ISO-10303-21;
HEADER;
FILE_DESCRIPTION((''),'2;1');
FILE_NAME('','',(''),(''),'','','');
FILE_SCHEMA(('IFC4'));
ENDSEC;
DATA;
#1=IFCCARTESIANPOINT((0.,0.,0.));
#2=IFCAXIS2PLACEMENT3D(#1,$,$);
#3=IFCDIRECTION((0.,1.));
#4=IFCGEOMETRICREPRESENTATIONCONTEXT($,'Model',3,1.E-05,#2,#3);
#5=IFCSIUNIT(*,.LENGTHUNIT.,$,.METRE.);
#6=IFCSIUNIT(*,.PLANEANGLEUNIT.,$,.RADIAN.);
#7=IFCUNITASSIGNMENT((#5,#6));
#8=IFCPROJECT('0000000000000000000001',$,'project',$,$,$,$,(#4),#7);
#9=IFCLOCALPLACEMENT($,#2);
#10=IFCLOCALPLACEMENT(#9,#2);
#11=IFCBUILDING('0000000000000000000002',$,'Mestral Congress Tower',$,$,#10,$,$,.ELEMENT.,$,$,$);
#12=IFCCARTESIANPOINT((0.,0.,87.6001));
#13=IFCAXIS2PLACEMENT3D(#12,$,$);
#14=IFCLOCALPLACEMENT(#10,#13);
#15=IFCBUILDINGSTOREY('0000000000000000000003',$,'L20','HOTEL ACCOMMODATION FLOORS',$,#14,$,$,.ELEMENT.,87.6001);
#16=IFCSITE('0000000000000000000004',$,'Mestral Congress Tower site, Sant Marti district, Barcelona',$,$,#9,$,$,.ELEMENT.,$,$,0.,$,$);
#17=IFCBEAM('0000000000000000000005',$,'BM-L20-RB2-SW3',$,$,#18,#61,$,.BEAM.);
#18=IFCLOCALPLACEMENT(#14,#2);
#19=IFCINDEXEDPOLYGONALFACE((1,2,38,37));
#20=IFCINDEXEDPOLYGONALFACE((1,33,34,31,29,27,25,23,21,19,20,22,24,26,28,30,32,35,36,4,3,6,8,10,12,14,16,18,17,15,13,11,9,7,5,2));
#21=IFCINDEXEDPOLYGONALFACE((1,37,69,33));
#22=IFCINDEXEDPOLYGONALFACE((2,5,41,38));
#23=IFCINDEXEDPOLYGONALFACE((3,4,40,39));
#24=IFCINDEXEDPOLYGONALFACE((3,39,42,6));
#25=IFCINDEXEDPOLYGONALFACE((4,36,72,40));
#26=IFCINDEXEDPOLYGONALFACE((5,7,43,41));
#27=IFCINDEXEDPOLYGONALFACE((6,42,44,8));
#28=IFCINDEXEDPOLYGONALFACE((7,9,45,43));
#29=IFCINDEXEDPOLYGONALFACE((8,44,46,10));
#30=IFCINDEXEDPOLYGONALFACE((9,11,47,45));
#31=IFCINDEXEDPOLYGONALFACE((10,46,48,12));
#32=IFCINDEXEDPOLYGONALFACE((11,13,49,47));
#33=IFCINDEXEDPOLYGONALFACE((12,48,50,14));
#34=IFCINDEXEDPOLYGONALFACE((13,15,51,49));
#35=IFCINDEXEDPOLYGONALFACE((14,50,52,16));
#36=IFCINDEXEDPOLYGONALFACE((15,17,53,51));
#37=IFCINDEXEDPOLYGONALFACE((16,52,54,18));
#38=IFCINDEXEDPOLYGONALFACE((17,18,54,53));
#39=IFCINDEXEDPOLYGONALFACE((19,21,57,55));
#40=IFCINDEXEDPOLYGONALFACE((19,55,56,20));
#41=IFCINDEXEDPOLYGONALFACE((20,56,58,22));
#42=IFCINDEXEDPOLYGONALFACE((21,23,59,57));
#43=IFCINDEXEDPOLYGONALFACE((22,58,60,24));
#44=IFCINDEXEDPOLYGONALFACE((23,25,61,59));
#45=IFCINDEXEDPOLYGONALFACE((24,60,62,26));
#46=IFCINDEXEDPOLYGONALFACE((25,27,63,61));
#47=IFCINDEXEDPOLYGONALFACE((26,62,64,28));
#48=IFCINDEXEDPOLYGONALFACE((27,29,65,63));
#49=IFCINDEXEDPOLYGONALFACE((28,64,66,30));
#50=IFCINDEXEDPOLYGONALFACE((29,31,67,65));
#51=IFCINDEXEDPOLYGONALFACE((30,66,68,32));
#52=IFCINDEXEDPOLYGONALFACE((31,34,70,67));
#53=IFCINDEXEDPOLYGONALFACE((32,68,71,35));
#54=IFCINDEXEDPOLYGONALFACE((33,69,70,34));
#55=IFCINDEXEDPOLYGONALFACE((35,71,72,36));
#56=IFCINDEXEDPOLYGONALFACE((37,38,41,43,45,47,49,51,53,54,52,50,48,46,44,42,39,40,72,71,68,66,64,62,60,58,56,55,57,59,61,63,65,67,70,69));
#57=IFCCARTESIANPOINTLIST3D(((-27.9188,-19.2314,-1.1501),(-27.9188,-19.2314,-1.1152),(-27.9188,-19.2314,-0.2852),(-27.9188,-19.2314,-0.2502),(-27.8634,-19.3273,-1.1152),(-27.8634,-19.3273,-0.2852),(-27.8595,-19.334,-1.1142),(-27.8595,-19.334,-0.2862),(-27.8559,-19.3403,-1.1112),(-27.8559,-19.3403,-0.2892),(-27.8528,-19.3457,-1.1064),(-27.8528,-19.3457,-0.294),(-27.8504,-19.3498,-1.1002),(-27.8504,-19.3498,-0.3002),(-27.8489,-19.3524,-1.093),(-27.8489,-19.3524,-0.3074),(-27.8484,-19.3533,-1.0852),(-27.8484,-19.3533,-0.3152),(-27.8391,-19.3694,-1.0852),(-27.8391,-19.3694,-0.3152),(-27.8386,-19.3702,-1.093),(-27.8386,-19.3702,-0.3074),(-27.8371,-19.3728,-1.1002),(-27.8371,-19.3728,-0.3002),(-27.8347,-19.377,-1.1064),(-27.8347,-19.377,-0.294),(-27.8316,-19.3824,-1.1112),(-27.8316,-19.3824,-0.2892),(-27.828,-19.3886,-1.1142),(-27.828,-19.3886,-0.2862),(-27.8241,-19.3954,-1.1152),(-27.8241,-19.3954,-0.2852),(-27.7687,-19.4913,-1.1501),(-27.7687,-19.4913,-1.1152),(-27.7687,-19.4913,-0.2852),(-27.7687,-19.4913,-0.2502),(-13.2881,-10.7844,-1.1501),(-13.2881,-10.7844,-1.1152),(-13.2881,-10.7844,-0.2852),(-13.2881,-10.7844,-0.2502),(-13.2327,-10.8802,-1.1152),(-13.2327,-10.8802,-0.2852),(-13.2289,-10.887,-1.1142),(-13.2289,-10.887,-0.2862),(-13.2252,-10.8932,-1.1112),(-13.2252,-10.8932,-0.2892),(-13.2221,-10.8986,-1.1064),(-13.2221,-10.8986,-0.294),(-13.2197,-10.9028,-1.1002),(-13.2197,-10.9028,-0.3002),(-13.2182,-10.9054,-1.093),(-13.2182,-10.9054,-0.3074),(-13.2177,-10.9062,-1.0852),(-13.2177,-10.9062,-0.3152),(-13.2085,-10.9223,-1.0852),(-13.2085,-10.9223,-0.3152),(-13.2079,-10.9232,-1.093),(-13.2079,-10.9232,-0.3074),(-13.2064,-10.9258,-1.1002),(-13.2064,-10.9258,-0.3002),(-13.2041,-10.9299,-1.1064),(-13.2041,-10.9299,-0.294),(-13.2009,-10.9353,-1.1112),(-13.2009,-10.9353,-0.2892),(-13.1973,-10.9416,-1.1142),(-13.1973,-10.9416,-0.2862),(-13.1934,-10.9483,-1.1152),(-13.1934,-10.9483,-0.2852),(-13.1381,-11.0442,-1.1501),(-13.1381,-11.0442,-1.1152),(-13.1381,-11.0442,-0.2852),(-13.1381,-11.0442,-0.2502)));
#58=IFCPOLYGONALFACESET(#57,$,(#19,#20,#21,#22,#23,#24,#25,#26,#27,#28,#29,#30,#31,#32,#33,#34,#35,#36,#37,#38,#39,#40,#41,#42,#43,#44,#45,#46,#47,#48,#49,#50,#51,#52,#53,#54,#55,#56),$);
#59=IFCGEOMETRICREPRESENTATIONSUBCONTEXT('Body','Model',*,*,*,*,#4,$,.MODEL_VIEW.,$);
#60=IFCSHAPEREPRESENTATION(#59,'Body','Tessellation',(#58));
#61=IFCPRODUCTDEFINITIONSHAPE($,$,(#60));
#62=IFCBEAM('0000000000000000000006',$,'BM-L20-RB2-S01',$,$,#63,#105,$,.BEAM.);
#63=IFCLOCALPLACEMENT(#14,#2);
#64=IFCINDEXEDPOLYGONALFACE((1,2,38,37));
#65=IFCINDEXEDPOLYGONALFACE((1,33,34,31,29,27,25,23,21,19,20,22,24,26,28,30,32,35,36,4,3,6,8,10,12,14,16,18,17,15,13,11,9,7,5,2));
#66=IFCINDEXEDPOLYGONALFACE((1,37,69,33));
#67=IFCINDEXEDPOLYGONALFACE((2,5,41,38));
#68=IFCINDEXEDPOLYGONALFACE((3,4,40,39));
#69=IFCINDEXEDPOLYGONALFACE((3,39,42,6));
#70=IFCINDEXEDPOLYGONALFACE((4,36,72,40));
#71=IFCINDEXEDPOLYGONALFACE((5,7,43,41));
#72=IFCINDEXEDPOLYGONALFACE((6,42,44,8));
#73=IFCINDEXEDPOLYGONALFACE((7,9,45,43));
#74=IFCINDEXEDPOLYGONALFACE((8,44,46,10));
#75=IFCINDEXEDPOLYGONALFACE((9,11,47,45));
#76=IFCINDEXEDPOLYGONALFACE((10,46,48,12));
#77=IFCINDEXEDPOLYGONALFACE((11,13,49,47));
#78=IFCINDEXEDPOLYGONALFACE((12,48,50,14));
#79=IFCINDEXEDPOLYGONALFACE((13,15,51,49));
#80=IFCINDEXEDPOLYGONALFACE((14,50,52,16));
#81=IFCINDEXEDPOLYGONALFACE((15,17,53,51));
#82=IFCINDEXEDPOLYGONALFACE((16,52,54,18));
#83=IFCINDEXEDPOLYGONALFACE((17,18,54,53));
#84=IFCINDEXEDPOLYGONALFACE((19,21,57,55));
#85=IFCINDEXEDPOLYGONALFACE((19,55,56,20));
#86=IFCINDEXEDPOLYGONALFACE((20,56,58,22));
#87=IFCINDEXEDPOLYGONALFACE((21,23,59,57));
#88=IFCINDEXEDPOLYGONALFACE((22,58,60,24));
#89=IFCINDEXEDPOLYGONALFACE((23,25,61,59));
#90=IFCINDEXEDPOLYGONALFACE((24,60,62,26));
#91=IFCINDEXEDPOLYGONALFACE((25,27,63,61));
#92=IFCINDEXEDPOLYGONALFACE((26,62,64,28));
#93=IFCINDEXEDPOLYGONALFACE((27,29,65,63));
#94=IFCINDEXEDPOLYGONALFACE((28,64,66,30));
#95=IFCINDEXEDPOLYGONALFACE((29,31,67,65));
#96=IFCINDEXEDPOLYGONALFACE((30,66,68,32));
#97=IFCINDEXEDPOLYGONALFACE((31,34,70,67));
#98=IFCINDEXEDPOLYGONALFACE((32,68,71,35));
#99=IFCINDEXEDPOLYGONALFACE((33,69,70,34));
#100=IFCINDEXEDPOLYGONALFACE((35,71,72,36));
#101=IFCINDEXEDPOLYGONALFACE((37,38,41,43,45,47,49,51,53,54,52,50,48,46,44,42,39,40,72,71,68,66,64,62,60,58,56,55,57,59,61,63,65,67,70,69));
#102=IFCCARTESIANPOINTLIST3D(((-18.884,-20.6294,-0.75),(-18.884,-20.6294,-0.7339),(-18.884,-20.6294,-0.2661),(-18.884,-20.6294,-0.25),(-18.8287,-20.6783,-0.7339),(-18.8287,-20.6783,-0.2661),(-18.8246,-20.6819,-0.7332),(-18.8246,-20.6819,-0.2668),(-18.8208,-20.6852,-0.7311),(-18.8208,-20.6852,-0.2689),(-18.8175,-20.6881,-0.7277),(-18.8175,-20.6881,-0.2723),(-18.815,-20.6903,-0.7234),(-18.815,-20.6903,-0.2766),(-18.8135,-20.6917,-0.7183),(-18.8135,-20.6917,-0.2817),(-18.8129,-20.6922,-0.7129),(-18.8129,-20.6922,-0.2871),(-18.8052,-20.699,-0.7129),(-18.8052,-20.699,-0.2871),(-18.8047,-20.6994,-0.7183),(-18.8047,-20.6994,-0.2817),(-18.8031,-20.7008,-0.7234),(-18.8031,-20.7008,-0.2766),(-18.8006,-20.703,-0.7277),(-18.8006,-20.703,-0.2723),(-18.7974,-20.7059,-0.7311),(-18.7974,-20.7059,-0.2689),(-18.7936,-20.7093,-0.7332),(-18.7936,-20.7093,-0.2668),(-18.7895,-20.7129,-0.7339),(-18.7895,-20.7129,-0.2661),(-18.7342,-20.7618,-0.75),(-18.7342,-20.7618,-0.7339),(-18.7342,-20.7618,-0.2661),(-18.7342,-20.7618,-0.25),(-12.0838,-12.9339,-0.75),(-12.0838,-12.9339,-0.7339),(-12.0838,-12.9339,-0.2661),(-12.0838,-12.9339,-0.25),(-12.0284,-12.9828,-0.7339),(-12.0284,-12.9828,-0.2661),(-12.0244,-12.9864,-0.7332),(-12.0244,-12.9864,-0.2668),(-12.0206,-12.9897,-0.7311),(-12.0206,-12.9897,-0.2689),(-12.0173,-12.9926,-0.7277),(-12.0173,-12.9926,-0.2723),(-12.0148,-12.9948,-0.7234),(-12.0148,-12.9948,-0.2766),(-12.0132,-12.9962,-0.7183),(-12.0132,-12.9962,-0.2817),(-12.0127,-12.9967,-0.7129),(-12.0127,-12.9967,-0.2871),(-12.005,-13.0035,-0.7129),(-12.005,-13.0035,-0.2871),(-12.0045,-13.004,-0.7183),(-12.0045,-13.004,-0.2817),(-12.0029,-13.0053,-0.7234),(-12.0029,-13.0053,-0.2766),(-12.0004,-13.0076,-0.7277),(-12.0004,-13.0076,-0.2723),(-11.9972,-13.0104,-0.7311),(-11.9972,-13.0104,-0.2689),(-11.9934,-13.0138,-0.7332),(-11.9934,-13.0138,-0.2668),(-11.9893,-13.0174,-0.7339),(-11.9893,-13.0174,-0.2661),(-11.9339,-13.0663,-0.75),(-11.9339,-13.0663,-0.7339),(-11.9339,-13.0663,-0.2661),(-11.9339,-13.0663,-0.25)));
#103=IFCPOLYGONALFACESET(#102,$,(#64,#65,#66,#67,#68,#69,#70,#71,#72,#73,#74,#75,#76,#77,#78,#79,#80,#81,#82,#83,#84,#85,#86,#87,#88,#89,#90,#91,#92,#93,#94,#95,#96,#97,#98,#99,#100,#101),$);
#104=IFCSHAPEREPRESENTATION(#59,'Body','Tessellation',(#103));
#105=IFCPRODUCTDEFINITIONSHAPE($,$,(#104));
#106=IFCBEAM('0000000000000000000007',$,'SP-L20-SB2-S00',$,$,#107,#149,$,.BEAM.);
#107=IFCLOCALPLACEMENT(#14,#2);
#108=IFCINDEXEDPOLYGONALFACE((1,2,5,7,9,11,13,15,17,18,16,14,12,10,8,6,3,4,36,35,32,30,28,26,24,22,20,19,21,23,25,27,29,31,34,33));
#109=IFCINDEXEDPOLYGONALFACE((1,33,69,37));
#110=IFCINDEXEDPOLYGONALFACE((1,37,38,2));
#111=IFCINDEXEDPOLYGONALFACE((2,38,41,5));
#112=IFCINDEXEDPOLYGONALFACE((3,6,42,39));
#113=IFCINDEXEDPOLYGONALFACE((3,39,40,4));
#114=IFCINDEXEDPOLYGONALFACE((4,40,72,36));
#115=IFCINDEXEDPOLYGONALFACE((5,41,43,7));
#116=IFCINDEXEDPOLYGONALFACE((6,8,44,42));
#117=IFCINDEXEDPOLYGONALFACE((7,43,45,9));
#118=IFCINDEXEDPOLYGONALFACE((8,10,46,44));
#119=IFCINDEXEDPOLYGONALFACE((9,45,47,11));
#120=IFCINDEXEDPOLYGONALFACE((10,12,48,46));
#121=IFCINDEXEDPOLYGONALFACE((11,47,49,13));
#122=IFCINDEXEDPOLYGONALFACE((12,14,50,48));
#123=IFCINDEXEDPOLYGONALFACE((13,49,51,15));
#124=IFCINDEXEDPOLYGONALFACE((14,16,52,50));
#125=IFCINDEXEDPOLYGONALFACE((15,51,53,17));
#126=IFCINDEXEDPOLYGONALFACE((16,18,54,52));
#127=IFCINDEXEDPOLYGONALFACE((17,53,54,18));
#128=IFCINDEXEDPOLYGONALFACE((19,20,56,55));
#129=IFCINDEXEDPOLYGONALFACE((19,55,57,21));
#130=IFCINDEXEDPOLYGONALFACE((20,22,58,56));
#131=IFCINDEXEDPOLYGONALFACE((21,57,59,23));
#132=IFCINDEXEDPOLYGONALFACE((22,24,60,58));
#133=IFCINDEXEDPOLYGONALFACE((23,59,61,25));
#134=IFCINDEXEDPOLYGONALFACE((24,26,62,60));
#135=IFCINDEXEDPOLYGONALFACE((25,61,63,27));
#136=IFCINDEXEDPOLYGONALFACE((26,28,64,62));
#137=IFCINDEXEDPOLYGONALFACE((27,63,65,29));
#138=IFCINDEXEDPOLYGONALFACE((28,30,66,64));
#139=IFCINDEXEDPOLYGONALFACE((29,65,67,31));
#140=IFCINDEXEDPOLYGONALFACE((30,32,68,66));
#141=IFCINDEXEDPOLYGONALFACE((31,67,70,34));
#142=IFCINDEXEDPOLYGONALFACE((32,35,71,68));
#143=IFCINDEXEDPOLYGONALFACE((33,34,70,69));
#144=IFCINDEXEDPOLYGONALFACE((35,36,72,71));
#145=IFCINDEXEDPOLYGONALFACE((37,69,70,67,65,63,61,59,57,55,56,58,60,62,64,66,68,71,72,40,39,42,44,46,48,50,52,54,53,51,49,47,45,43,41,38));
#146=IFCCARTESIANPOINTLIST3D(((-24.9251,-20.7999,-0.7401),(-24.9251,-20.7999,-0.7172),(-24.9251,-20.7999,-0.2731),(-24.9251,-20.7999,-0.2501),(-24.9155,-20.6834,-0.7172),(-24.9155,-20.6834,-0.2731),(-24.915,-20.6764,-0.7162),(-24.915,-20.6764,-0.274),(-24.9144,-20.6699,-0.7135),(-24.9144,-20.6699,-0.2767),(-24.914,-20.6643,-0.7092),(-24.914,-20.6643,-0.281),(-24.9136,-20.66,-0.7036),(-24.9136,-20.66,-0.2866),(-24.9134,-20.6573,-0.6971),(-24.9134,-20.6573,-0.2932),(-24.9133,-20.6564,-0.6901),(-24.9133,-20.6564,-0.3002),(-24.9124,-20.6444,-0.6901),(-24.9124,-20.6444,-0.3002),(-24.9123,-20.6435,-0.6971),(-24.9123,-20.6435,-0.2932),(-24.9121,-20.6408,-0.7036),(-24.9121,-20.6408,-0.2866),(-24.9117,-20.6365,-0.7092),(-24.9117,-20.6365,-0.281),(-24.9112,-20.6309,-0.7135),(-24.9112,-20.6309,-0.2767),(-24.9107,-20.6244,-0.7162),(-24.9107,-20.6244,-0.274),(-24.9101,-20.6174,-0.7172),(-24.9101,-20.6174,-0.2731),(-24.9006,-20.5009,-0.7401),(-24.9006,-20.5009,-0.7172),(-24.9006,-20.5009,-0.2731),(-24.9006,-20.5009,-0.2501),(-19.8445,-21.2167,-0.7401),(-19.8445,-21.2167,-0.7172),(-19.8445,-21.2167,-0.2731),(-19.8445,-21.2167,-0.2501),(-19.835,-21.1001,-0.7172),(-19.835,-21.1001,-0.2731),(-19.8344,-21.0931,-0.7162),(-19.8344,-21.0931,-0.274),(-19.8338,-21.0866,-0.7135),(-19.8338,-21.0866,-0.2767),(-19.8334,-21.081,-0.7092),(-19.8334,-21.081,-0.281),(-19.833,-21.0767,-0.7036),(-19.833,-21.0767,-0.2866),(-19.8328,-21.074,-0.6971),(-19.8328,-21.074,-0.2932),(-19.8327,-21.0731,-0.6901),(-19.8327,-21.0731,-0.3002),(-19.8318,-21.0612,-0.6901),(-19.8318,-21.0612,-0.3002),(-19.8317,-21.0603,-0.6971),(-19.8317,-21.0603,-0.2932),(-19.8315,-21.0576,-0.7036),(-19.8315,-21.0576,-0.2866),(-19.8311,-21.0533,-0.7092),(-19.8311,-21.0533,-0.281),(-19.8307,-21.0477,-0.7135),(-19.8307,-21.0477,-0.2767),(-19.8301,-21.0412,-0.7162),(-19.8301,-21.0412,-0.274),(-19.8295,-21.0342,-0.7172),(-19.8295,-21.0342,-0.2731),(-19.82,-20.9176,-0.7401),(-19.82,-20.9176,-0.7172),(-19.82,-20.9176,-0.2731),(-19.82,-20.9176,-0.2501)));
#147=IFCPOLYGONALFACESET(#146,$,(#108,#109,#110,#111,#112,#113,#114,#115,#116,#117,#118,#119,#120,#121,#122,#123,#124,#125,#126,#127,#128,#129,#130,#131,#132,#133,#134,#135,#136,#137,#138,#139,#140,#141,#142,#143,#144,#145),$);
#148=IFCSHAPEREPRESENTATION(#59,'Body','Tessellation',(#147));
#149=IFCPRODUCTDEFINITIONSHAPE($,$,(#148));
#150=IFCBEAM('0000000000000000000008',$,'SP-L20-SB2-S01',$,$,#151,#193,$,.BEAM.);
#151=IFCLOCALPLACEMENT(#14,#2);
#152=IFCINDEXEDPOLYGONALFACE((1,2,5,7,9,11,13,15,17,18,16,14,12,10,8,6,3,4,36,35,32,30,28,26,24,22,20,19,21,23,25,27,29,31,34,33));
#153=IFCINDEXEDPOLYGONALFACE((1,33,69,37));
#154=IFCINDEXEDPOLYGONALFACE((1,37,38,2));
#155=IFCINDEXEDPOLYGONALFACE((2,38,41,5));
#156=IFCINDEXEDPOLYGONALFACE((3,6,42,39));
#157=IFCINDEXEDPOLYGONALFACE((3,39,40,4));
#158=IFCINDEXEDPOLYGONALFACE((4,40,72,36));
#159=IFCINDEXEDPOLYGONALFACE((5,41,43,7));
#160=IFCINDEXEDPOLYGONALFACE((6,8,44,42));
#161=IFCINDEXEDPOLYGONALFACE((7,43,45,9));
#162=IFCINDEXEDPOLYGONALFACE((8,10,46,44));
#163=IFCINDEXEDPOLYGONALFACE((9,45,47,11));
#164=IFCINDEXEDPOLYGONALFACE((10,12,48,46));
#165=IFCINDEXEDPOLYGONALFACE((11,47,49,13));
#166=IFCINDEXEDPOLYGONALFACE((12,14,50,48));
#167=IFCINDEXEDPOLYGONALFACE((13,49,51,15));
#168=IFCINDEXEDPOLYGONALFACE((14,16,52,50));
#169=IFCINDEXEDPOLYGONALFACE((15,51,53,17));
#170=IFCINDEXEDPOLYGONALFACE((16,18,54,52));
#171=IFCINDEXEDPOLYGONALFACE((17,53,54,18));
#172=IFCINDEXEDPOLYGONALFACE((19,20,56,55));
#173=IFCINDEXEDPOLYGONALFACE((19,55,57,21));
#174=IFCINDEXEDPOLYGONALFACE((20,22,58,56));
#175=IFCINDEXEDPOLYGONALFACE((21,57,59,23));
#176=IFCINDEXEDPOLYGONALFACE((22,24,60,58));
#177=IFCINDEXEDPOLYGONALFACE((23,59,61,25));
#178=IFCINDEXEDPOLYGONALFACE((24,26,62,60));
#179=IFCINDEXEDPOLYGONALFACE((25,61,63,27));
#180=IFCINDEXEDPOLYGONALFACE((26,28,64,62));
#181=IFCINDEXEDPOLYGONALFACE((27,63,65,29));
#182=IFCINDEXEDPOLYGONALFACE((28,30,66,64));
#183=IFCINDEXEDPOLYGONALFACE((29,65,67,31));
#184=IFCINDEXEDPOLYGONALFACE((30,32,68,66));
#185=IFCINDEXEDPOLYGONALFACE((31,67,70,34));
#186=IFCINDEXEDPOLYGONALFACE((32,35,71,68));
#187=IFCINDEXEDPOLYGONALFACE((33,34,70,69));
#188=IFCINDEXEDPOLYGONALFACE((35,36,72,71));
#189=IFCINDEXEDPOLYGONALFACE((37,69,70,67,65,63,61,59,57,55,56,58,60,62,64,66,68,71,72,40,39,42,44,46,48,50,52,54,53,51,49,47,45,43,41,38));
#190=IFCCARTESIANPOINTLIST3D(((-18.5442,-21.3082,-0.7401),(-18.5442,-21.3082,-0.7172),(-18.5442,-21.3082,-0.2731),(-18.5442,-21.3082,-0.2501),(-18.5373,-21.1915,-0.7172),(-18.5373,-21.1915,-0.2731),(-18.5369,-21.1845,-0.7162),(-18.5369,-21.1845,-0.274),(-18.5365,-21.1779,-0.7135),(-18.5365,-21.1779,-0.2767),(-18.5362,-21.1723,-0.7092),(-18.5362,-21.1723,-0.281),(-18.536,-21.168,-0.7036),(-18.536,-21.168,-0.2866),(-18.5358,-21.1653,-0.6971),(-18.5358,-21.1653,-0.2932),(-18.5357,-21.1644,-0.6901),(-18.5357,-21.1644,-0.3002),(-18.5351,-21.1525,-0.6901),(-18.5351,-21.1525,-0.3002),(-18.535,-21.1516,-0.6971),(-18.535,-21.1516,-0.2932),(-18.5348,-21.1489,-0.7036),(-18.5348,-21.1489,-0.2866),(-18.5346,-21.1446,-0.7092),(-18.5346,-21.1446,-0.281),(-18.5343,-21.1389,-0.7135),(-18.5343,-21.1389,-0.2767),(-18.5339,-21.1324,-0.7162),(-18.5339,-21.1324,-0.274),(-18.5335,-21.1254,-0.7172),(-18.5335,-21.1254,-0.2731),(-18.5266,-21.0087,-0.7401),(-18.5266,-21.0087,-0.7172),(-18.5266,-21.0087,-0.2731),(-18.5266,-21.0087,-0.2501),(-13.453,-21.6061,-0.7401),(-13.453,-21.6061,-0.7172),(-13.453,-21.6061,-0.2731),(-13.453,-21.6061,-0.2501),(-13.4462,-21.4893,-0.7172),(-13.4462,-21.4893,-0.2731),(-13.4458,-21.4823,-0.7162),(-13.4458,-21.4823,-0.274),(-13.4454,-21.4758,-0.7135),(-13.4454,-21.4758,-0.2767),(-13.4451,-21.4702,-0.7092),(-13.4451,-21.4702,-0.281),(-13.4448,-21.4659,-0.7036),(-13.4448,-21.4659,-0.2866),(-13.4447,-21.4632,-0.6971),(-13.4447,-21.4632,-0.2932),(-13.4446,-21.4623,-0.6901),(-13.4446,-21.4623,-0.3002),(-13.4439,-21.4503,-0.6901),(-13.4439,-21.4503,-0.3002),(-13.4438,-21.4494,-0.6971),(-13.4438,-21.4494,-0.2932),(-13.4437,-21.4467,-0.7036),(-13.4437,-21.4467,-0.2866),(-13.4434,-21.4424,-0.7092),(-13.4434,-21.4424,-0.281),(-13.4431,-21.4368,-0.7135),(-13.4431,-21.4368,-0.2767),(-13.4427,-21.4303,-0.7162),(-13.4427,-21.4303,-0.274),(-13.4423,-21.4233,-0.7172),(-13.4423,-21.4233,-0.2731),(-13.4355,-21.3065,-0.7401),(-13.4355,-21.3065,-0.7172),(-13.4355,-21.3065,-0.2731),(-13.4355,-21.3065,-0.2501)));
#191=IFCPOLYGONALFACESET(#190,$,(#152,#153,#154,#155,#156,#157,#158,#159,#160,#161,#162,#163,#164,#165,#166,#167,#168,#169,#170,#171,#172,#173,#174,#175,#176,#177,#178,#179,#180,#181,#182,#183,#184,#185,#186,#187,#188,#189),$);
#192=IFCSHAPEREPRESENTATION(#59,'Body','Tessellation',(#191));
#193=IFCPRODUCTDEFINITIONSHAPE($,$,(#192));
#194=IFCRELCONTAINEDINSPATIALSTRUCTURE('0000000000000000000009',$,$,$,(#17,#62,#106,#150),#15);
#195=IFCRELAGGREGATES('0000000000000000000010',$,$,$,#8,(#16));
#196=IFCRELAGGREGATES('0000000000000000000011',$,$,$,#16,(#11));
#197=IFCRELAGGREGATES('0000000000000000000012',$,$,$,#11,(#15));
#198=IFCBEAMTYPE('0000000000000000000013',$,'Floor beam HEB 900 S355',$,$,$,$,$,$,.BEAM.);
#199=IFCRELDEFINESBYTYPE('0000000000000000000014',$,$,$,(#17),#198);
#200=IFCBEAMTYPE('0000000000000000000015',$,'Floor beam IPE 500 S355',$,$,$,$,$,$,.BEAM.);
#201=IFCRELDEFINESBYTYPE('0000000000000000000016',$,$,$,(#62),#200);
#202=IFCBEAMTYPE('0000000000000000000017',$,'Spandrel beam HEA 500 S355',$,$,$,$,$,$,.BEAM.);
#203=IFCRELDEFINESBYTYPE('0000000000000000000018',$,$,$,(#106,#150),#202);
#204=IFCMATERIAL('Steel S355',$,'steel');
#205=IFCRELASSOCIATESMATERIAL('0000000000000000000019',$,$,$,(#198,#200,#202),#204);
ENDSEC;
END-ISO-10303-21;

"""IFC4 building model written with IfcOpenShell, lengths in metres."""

from ifc_helpers import new_model, si_unit, direction, frame, origin, origin_2d, place, context, subcontext, project, spatial, i_section, extrude, material, material_profile, profile_set, type_object, element, save


model = new_model("IFC4")

# Units and contexts
model_context = context("Model", 3, precision=1e-05, world=origin(), true_north=direction((0.0, 1.0)))
body_context = subcontext(model_context, "Body", "Model", "MODEL_VIEW")
ifc_project = project(units=[si_unit("LENGTHUNIT", "METRE"), si_unit("PLANEANGLEUNIT", "RADIAN")], contexts=[model_context])

# Site, building, storey
site_placement = place(None, origin())
site = spatial("IfcSite", under=ifc_project, at=site_placement, Name="Mestral Congress Tower site, Sant Marti district, Barcelona", CompositionType="ELEMENT", RefElevation=0.0)
building_placement = place(site_placement, origin())
building = spatial("IfcBuilding", under=site, at=building_placement, Name="Mestral Congress Tower", CompositionType="ELEMENT")
storey_placement = place(building_placement, frame((0.0, 0.0, 87.6001)))
storey = spatial("IfcBuildingStorey", under=building, at=storey_placement, Name="L20", Description="HOTEL ACCOMMODATION FLOORS", CompositionType="ELEMENT", Elevation=87.6001)

# Beams
ifc_material_1 = material(Name="Steel S355", Category="steel")
ifc_material_profile_1 = material_profile(ifc_material_1, i_section(OverallWidth=0.3, OverallDepth=0.8999, WebThickness=0.0186, FlangeThickness=0.0349, FilletRadius=0.03, at=origin_2d()), Name="HEB 900")
ifc_profile_set_1 = profile_set([ifc_material_profile_1], Name="Steel S355")
beam_type_1 = type_object("IfcBeamType", Name="Floor beam HEB 900 S355", PredefinedType="BEAM", material=ifc_profile_set_1)
beam_1_placement = place(storey_placement, frame((-27.8438, -19.3613, -0.7002), z_axis=(0.866025, 0.500001, 0.0), x_axis=(-0.500001, 0.866025, 0.0)))
element("IfcBeam", 1, at=beam_1_placement, inside=storey, type_object=beam_type_1, Name="BM-L20-RB2-SW3", PredefinedType="BEAM", context=body_context, shape_type="SweptSolid", body=[
    extrude(i_section(OverallWidth=0.3, OverallDepth=0.8999, WebThickness=0.0186, FlangeThickness=0.0349, FilletRadius=0.03, at=origin_2d()), origin(), (0.0, 0.0, 1.0), 16.894),
])
ifc_material_profile_2 = material_profile(ifc_material_1, i_section(OverallWidth=0.2, OverallDepth=0.5, WebThickness=0.0103, FlangeThickness=0.0161, FilletRadius=0.021, at=origin_2d()), Name="IPE 500")
ifc_profile_set_2 = profile_set([ifc_material_profile_2], Name="Steel S355")
beam_type_2 = type_object("IfcBeamType", Name="Floor beam IPE 500 S355", PredefinedType="BEAM", material=ifc_profile_set_2)
beam_2_placement = place(storey_placement, frame((-18.8091, -20.6956, -0.5), z_axis=(0.662174, 0.74935, 0.0), x_axis=(-0.74935, 0.662174, 0.0)))
element("IfcBeam", 2, at=beam_2_placement, inside=storey, type_object=beam_type_2, Name="BM-L20-RB2-S01", PredefinedType="BEAM", context=body_context, shape_type="SweptSolid", body=[
    extrude(i_section(OverallWidth=0.2, OverallDepth=0.5, WebThickness=0.0103, FlangeThickness=0.0161, FilletRadius=0.021, at=origin_2d()), origin(), (0.0, 0.0, 1.0), 10.2695),
])
ifc_material_profile_3 = material_profile(ifc_material_1, i_section(OverallWidth=0.3, OverallDepth=0.49, WebThickness=0.012, FlangeThickness=0.0229, FilletRadius=0.0271, at=origin_2d()), Name="HEA 500")
ifc_profile_set_3 = profile_set([ifc_material_profile_3], Name="Steel S355")
beam_type_3 = type_object("IfcBeamType", Name="Spandrel beam HEA 500 S355", PredefinedType="BEAM", material=ifc_profile_set_3)
beam_3_placement = place(storey_placement, frame((-24.9128, -20.6504, -0.4951), z_axis=(0.996653, -0.081753, 0.0), x_axis=(0.081753, 0.996653, 0.0)))
element("IfcBeam", 3, at=beam_3_placement, inside=storey, type_object=beam_type_3, Name="SP-L20-SB2-S00", PredefinedType="BEAM", context=body_context, shape_type="SweptSolid", body=[
    extrude(i_section(OverallWidth=0.3, OverallDepth=0.49, WebThickness=0.012, FlangeThickness=0.0229, FilletRadius=0.0271, at=origin_2d()), origin(), (0.0, 0.0, 1.0), 5.0977),
])
beam_4_placement = place(storey_placement, frame((-18.5354, -21.1584, -0.4951), z_axis=(0.998293, -0.058405, 0.0), x_axis=(0.058405, 0.998293, 0.0)))
element("IfcBeam", 4, at=beam_4_placement, inside=storey, type_object=beam_type_3, Name="SP-L20-SB2-S01", PredefinedType="BEAM", context=body_context, shape_type="SweptSolid", body=[
    extrude(i_section(OverallWidth=0.3, OverallDepth=0.49, WebThickness=0.012, FlangeThickness=0.0229, FilletRadius=0.0271, at=origin_2d()), origin(), (0.0, 0.0, 1.0), 5.0999),
])

save(model, "model.ifc")
